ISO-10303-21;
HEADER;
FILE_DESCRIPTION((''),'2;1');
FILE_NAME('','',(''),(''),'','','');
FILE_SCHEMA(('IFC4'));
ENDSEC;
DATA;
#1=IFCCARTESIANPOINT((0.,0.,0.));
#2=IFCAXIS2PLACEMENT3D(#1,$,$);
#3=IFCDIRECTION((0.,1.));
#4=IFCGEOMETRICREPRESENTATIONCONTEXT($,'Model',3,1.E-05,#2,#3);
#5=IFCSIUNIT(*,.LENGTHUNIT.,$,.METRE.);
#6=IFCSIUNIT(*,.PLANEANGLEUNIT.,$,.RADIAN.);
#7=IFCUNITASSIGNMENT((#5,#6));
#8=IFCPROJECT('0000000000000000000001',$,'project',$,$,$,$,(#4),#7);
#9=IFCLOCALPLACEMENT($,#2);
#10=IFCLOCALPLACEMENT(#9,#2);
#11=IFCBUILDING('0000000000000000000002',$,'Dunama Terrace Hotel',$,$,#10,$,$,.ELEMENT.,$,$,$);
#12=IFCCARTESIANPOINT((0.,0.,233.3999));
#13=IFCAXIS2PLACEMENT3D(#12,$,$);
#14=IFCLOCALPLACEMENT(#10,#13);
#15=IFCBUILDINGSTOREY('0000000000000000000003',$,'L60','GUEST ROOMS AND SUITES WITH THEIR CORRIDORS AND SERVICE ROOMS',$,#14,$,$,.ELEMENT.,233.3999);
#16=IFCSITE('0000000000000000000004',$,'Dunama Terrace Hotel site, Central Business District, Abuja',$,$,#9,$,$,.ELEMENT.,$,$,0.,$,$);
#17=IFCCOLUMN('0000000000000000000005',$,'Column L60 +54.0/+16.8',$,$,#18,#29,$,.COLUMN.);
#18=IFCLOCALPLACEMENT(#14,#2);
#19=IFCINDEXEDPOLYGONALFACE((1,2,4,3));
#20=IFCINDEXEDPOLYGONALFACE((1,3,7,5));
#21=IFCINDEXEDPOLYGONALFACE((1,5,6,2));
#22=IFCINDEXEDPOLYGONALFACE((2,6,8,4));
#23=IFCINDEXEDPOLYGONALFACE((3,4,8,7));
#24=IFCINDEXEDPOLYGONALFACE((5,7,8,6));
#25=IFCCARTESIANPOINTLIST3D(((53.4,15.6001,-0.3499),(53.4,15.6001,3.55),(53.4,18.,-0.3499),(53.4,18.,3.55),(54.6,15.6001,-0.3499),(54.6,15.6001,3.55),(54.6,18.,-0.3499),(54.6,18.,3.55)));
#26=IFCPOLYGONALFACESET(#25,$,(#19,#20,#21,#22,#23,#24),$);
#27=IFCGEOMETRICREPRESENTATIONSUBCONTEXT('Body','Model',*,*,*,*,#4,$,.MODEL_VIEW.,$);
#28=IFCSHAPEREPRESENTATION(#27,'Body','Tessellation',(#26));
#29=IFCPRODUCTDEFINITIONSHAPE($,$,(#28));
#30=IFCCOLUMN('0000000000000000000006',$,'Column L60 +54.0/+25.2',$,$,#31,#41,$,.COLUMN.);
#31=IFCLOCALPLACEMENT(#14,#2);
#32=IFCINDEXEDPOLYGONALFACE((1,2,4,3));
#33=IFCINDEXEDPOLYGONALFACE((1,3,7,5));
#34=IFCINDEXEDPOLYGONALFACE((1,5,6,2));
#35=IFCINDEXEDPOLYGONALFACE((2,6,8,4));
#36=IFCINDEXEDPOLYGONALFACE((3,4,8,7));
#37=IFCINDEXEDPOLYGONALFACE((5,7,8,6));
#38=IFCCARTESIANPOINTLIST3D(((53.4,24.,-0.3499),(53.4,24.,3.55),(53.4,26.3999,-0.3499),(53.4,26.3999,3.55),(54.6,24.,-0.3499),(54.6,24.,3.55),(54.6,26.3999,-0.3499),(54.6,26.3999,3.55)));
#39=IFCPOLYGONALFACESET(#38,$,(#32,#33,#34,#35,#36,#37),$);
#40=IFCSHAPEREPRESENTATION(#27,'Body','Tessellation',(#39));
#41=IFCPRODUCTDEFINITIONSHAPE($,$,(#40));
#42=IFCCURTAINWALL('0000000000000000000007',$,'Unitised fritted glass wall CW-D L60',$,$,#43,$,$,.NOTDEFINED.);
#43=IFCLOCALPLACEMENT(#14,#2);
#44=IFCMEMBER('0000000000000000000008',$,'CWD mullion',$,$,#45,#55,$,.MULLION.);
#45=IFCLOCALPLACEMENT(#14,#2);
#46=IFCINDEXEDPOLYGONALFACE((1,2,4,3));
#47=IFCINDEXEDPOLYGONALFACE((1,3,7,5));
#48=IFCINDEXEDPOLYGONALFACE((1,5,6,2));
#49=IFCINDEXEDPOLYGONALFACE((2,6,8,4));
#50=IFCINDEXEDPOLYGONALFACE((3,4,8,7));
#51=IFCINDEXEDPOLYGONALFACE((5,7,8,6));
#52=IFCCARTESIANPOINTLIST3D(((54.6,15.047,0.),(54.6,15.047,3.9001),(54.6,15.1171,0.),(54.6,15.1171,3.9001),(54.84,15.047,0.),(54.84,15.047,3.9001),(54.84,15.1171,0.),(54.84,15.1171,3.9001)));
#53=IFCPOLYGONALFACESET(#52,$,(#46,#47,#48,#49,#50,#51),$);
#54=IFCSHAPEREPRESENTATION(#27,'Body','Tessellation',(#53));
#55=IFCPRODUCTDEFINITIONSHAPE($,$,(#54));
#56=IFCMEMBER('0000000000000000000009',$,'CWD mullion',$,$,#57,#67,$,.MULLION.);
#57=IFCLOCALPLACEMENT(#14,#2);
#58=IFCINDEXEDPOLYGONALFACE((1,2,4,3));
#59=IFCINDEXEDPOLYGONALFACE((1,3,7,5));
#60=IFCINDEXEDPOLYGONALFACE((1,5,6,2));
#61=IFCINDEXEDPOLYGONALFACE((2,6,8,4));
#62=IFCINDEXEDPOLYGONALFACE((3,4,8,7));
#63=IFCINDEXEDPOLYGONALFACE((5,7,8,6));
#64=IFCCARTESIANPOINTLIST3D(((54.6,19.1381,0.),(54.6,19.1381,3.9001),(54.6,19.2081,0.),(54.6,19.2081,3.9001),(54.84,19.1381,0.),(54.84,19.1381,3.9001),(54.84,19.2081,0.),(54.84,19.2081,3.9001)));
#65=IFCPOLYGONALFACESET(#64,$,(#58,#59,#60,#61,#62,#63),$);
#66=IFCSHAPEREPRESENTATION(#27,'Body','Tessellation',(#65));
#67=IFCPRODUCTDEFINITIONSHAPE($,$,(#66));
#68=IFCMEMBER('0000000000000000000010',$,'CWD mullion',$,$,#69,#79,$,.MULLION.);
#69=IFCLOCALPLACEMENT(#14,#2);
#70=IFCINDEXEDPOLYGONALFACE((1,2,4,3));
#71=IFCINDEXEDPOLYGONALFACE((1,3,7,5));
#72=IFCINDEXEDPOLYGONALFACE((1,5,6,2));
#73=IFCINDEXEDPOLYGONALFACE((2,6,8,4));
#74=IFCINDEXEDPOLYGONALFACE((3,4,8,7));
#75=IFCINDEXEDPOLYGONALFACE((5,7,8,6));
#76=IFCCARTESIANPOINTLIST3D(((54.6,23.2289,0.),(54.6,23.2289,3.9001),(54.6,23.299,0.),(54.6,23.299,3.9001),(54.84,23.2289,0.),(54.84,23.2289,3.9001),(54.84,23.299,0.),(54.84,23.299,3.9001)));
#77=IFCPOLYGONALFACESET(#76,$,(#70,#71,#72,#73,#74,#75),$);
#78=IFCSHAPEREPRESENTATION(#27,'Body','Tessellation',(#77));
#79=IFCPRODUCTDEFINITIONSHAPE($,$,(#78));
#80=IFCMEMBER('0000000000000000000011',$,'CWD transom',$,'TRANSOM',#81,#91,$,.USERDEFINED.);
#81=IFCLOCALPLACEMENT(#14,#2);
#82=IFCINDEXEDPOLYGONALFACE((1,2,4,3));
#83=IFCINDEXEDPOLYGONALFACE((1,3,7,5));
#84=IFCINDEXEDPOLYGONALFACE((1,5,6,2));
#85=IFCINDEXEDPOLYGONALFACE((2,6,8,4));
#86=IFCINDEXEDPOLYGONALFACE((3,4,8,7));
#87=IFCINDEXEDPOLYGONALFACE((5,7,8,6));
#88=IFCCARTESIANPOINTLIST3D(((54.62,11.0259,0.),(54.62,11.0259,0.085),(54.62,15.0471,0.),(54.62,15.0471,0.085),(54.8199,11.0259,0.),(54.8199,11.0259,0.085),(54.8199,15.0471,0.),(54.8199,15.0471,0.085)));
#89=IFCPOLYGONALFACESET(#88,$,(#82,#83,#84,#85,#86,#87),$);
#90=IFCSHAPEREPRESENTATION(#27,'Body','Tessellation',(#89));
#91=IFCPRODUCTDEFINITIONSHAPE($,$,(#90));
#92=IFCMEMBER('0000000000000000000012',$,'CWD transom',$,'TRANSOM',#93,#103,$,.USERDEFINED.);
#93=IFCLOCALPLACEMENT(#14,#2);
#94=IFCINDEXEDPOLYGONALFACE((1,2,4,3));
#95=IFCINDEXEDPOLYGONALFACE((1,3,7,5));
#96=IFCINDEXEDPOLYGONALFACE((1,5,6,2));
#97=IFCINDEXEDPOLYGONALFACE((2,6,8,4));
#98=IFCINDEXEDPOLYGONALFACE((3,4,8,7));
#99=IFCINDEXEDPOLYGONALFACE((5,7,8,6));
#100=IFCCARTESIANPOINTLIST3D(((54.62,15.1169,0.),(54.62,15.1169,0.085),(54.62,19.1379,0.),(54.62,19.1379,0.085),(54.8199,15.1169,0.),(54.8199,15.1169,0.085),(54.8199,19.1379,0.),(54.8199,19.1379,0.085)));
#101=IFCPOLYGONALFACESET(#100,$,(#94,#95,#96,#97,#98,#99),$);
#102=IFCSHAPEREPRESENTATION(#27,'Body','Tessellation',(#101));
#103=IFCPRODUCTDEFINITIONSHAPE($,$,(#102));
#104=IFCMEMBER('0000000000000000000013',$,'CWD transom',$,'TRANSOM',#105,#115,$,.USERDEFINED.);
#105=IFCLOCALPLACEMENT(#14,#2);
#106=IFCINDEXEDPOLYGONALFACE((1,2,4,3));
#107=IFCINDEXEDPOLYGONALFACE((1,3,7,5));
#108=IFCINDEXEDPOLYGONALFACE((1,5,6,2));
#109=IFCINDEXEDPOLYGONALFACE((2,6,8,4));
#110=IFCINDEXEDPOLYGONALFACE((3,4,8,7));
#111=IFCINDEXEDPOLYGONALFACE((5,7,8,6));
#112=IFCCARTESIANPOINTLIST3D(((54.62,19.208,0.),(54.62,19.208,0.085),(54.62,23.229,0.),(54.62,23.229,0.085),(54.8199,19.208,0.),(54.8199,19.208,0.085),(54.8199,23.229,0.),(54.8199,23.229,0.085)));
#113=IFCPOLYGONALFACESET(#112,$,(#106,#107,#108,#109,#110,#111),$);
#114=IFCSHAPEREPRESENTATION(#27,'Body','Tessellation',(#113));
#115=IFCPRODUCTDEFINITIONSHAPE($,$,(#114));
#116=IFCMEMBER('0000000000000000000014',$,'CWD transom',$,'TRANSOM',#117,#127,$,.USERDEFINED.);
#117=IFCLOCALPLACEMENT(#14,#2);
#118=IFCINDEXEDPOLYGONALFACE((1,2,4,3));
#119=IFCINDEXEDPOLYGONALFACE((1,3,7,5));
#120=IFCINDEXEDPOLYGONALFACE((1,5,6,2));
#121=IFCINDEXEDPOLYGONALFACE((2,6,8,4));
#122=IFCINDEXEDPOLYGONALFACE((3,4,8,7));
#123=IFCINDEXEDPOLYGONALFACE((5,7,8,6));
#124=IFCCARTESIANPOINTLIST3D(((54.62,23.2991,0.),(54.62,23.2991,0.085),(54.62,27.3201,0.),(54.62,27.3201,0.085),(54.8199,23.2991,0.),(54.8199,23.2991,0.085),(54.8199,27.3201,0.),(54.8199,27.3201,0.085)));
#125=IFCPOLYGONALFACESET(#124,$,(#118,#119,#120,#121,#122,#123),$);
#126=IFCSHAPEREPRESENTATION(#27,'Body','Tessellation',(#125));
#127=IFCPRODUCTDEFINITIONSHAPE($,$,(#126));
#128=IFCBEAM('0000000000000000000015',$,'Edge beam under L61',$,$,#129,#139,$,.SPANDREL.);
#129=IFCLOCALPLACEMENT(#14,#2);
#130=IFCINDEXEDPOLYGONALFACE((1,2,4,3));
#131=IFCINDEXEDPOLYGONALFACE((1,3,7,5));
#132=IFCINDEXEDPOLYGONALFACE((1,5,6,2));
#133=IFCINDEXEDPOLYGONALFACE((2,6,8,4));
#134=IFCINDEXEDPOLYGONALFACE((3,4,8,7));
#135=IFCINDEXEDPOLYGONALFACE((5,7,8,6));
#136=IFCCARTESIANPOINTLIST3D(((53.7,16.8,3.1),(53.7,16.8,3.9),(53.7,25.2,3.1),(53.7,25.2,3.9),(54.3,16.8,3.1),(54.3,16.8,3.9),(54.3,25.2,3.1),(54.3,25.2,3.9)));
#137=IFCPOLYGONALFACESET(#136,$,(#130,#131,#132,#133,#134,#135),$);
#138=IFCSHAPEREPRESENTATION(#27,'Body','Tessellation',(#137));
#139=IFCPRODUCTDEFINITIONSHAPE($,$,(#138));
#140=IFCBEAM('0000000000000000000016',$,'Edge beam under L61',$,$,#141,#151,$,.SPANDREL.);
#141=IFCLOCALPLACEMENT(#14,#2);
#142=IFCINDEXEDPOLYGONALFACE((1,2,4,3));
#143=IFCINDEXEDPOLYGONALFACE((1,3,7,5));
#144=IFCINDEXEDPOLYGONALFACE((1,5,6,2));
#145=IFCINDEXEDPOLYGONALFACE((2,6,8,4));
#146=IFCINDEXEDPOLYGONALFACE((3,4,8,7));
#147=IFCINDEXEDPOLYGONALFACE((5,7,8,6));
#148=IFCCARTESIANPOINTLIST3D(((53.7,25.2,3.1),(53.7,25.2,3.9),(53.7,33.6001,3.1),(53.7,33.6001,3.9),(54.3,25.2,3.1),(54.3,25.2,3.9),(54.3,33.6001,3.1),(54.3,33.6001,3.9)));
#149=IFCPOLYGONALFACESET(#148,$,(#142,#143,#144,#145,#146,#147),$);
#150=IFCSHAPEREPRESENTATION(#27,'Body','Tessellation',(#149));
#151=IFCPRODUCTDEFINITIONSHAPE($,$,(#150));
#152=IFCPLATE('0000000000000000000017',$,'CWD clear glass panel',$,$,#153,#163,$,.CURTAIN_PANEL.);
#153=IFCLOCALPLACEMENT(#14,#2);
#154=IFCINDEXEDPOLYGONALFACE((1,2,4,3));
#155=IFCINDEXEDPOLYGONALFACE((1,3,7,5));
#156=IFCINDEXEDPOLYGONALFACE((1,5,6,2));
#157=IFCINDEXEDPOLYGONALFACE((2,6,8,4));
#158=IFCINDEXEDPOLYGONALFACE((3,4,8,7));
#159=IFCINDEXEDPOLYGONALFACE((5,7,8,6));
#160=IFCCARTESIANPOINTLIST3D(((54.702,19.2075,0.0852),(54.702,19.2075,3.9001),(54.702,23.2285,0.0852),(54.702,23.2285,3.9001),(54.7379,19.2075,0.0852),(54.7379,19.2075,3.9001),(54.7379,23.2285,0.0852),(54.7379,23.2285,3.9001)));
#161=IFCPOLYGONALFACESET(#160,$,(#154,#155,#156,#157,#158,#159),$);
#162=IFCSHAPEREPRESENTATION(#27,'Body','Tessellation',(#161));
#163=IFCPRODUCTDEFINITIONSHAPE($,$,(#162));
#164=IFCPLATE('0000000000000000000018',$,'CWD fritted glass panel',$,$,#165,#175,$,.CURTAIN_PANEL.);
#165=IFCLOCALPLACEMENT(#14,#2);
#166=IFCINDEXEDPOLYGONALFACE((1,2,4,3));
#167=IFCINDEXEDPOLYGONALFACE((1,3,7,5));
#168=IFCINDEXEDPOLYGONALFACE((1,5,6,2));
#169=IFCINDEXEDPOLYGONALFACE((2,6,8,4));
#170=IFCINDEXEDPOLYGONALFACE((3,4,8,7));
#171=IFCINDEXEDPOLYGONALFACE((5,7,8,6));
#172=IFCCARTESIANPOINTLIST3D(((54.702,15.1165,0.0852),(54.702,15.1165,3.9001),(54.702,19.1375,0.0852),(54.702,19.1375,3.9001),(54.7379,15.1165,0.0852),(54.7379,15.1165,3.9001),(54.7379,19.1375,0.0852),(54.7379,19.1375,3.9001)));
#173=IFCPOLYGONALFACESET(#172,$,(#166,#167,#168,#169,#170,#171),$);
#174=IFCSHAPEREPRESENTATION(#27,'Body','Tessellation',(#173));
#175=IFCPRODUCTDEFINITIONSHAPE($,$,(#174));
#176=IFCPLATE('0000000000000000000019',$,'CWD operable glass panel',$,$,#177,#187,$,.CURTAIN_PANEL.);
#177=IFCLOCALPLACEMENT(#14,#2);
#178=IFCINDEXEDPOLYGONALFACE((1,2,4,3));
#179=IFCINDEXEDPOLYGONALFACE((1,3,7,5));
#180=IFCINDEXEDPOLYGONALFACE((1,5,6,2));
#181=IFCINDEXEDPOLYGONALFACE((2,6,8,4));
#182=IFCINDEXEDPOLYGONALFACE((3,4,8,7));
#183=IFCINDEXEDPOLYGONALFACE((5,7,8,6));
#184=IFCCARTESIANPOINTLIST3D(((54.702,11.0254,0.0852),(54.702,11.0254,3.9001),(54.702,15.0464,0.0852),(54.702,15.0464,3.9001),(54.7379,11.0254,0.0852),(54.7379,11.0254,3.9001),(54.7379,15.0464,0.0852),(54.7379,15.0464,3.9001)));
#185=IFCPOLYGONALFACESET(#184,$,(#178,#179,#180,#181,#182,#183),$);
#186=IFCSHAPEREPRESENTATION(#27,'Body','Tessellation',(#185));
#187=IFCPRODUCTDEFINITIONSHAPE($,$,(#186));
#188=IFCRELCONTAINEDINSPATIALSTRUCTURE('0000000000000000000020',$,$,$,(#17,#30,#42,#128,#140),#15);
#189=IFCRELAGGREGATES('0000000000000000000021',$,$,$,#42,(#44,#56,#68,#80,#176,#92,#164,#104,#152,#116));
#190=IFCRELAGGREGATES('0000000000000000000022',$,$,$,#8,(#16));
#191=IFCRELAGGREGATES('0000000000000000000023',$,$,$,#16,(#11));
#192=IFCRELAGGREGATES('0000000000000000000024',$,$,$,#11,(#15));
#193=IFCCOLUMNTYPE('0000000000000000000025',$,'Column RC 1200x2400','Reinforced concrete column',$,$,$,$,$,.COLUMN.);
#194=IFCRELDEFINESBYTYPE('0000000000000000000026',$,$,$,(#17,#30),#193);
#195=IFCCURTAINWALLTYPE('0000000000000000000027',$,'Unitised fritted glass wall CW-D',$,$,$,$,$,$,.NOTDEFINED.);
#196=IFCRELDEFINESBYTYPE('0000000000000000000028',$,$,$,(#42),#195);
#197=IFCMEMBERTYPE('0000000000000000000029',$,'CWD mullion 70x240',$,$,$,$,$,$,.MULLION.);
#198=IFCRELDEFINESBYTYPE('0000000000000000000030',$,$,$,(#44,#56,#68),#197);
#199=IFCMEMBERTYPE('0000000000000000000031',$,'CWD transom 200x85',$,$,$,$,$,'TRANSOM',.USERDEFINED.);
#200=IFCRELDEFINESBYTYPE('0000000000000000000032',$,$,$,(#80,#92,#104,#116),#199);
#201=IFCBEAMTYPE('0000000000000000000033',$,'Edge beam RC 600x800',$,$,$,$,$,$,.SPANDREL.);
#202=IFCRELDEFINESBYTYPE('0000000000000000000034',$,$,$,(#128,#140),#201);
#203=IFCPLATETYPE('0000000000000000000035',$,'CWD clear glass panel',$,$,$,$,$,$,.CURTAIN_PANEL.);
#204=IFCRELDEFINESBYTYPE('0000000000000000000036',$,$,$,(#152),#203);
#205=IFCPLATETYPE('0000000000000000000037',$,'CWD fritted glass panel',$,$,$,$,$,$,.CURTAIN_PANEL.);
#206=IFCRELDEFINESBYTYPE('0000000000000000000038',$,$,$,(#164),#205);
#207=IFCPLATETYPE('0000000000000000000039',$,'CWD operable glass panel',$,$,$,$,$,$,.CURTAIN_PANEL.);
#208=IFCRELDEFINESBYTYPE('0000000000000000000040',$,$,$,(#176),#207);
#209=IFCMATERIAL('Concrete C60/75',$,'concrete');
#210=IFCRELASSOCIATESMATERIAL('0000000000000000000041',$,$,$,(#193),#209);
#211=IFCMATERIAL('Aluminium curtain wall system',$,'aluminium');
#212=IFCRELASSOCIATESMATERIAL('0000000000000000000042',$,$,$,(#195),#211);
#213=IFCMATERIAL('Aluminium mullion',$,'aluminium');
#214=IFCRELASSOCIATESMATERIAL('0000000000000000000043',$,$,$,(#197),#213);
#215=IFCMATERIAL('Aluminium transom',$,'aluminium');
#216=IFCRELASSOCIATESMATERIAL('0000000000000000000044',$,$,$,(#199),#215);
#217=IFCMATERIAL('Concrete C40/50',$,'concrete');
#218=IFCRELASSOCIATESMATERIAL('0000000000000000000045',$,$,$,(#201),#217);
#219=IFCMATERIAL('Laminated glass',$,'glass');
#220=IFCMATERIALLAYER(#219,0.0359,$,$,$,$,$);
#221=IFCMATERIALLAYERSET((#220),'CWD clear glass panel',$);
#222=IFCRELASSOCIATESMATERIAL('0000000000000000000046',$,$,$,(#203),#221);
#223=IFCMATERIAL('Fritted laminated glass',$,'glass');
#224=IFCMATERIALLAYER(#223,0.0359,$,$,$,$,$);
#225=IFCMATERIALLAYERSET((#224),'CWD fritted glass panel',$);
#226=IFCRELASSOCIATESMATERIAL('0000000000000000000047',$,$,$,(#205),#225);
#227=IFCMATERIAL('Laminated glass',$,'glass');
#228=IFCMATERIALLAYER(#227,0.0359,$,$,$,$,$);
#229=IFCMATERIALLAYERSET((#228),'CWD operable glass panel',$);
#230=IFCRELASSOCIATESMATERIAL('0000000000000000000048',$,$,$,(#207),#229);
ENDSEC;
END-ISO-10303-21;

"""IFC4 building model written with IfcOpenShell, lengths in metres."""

from ifc_helpers import new_model, si_unit, direction, frame, origin, origin_2d, place, context, subcontext, project, spatial, rectangle, extrude, material, layer, layer_set, material_profile, profile_set, type_object, element, aggregate, save


model = new_model("IFC4")

# Units and contexts
model_context = context("Model", 3, precision=1e-05, world=origin(), true_north=direction((0.0, 1.0)))
body_context = subcontext(model_context, "Body", "Model", "MODEL_VIEW")
ifc_project = project(units=[si_unit("LENGTHUNIT", "METRE"), si_unit("PLANEANGLEUNIT", "RADIAN")], contexts=[model_context])

# Site, building, storey
site_placement = place(None, origin())
site = spatial("IfcSite", under=ifc_project, at=site_placement, Name="Dunama Terrace Hotel site, Central Business District, Abuja", CompositionType="ELEMENT", RefElevation=0.0)
building_placement = place(site_placement, origin())
building = spatial("IfcBuilding", under=site, at=building_placement, Name="Dunama Terrace Hotel", CompositionType="ELEMENT")
storey_placement = place(building_placement, frame((0.0, 0.0, 233.3999)))
storey = spatial("IfcBuildingStorey", under=building, at=storey_placement, Name="L60", Description="GUEST ROOMS AND SUITES WITH THEIR CORRIDORS AND SERVICE ROOMS", CompositionType="ELEMENT", Elevation=233.3999)

# Columns
ifc_material_1 = material(Name="Concrete C60/75", Category="concrete")
ifc_material_profile_1 = material_profile(ifc_material_1, rectangle(XDim=1.2, YDim=2.3999, at=origin_2d()), Name="RC 1200x2400")
ifc_profile_set_1 = profile_set([ifc_material_profile_1], Name="Concrete C60/75")
column_type = type_object("IfcColumnType", Name="Column RC 1200x2400", Description="Reinforced concrete column", PredefinedType="COLUMN", material=ifc_profile_set_1)
for number, where, z_axis, x_axis, name in (
    (1, (54.0, 16.8, -0.3499), (0.0, 0.0, 1.0), (1.0, 0.0, 0.0), "Column L60 +54.0/+16.8"),
    (2, (54.0, 25.2, -0.3499), (0.0, 0.0, 1.0), (1.0, 0.0, 0.0), "Column L60 +54.0/+25.2"),
):
    element("IfcColumn", number, at=place(storey_placement, frame(where, z_axis=z_axis, x_axis=x_axis)), inside=storey, type_object=column_type, Name=name, PredefinedType="COLUMN", context=body_context, shape_type="SweptSolid", body=[
        extrude(rectangle(XDim=1.2, YDim=2.3999, at=origin_2d()), origin(), (0.0, 0.0, 1.0), 3.8999),
    ])

# Curtain wall, members
ifc_material_2 = material(Name="Aluminium curtain wall system", Category="aluminium")
curtain_wall_type = type_object("IfcCurtainWallType", Name="Unitised fritted glass wall CW-D", PredefinedType="NOTDEFINED", material=ifc_material_2)
curtain_wall_placement = place(storey_placement, origin())
curtain_wall = element("IfcCurtainWall", 3, at=curtain_wall_placement, inside=storey, type_object=curtain_wall_type, Name="Unitised fritted glass wall CW-D L60", PredefinedType="NOTDEFINED")
ifc_material_3 = material(Name="Aluminium mullion", Category="aluminium")
ifc_material_profile_2 = material_profile(ifc_material_3, rectangle(XDim=0.0701, YDim=0.24, at=origin_2d()), Name="CWD MULLION 70X240")
ifc_profile_set_2 = profile_set([ifc_material_profile_2], Name="Aluminium mullion")
member_type_1 = type_object("IfcMemberType", Name="CWD mullion 70x240", PredefinedType="MULLION", material=ifc_profile_set_2)
member_1_placement = place(storey_placement, frame((54.72, 15.082, 0.0), z_axis=(0.0, 0.0, 1.0), x_axis=(0.0, 1.0, 0.0)))
member_1 = element("IfcMember", 4, at=member_1_placement, type_object=member_type_1, Name="CWD mullion", PredefinedType="MULLION", context=body_context, shape_type="SweptSolid", body=[
    extrude(rectangle(XDim=0.0701, YDim=0.24, at=origin_2d()), origin(), (0.0, 0.0, 1.0), 3.9001),
])
member_2_placement = place(storey_placement, frame((54.72, 19.1731, 0.0), z_axis=(0.0, 0.0, 1.0), x_axis=(0.0, 1.0, 0.0)))
member_2 = element("IfcMember", 5, at=member_2_placement, type_object=member_type_1, Name="CWD mullion", PredefinedType="MULLION", context=body_context, shape_type="SweptSolid", body=[
    extrude(rectangle(XDim=0.0701, YDim=0.24, at=origin_2d()), origin(), (0.0, 0.0, 1.0), 3.9001),
])
member_3_placement = place(storey_placement, frame((54.72, 23.2639, 0.0), z_axis=(0.0, 0.0, 1.0), x_axis=(0.0, 1.0, 0.0)))
member_3 = element("IfcMember", 6, at=member_3_placement, type_object=member_type_1, Name="CWD mullion", PredefinedType="MULLION", context=body_context, shape_type="SweptSolid", body=[
    extrude(rectangle(XDim=0.0701, YDim=0.24, at=origin_2d()), origin(), (0.0, 0.0, 1.0), 3.9001),
])
ifc_material_4 = material(Name="Aluminium transom", Category="aluminium")
ifc_material_profile_3 = material_profile(ifc_material_4, rectangle(XDim=0.2, YDim=0.085, at=origin_2d()), Name="CWD TRANSOM 200X85")
ifc_profile_set_3 = profile_set([ifc_material_profile_3], Name="Aluminium transom")
member_type_2 = type_object("IfcMemberType", Name="CWD transom 200x85", ElementType="TRANSOM", PredefinedType="USERDEFINED", material=ifc_profile_set_3)
member_4_placement = place(storey_placement, frame((54.72, 11.0259, 0.0425), z_axis=(0.0, 1.0, 0.0), x_axis=(-1.0, 0.0, 0.0)))
member_4 = element("IfcMember", 7, at=member_4_placement, type_object=member_type_2, Name="CWD transom", ObjectType="TRANSOM", PredefinedType="USERDEFINED", context=body_context, shape_type="SweptSolid", body=[
    extrude(rectangle(XDim=0.2, YDim=0.085, at=origin_2d()), origin(), (0.0, 0.0, 1.0), 4.0212),
])
member_5_placement = place(storey_placement, frame((54.72, 15.1169, 0.0425), z_axis=(0.0, 1.0, 0.0), x_axis=(-1.0, 0.0, 0.0)))
member_5 = element("IfcMember", 8, at=member_5_placement, type_object=member_type_2, Name="CWD transom", ObjectType="TRANSOM", PredefinedType="USERDEFINED", context=body_context, shape_type="SweptSolid", body=[
    extrude(rectangle(XDim=0.2, YDim=0.085, at=origin_2d()), origin(), (0.0, 0.0, 1.0), 4.021),
])
member_6_placement = place(storey_placement, frame((54.72, 19.208, 0.0425), z_axis=(0.0, 1.0, 0.0), x_axis=(-1.0, 0.0, 0.0)))
member_6 = element("IfcMember", 9, at=member_6_placement, type_object=member_type_2, Name="CWD transom", ObjectType="TRANSOM", PredefinedType="USERDEFINED", context=body_context, shape_type="SweptSolid", body=[
    extrude(rectangle(XDim=0.2, YDim=0.085, at=origin_2d()), origin(), (0.0, 0.0, 1.0), 4.021),
])
member_7_placement = place(storey_placement, frame((54.72, 23.2991, 0.0425), z_axis=(0.0, 1.0, 0.0), x_axis=(-1.0, 0.0, 0.0)))
member_7 = element("IfcMember", 10, at=member_7_placement, type_object=member_type_2, Name="CWD transom", ObjectType="TRANSOM", PredefinedType="USERDEFINED", context=body_context, shape_type="SweptSolid", body=[
    extrude(rectangle(XDim=0.2, YDim=0.085, at=origin_2d()), origin(), (0.0, 0.0, 1.0), 4.021),
])

# Beams
ifc_material_5 = material(Name="Concrete C40/50", Category="concrete")
ifc_material_profile_4 = material_profile(ifc_material_5, rectangle(XDim=0.6001, YDim=0.8, at=origin_2d()), Name="RC 600x800")
ifc_profile_set_4 = profile_set([ifc_material_profile_4], Name="Concrete C40/50")
beam_type = type_object("IfcBeamType", Name="Edge beam RC 600x800", PredefinedType="SPANDREL", material=ifc_profile_set_4)
beam_1_placement = place(storey_placement, frame((54.0, 16.8, 3.5), z_axis=(0.0, 1.0, 0.0), x_axis=(-1.0, 0.0, 0.0)))
element("IfcBeam", 11, at=beam_1_placement, inside=storey, type_object=beam_type, Name="Edge beam under L61", PredefinedType="SPANDREL", context=body_context, shape_type="SweptSolid", body=[
    extrude(rectangle(XDim=0.6001, YDim=0.8, at=origin_2d()), origin(), (0.0, 0.0, 1.0), 8.3999),
])
beam_2_placement = place(storey_placement, frame((54.0, 25.2, 3.5), z_axis=(0.0, 1.0, 0.0), x_axis=(-1.0, 0.0, 0.0)))
element("IfcBeam", 12, at=beam_2_placement, inside=storey, type_object=beam_type, Name="Edge beam under L61", PredefinedType="SPANDREL", context=body_context, shape_type="SweptSolid", body=[
    extrude(rectangle(XDim=0.6001, YDim=0.8, at=origin_2d()), origin(), (0.0, 0.0, 1.0), 8.4001),
])

# Plates
ifc_material_6 = material(Name="Laminated glass", Category="glass")
ifc_layer_1 = layer(ifc_material_6, 0.0359)
ifc_layer_set_1 = layer_set([ifc_layer_1], Name="CWD clear glass panel")
plate_type_1 = type_object("IfcPlateType", Name="CWD clear glass panel", PredefinedType="CURTAIN_PANEL", material=ifc_layer_set_1)
plate_1_placement = place(storey_placement, frame((54.72, 21.218, 0.0852), z_axis=(0.0, 0.0, 1.0), x_axis=(0.0, 1.0, 0.0)))
plate_1 = element("IfcPlate", 13, at=plate_1_placement, type_object=plate_type_1, Name="CWD clear glass panel", PredefinedType="CURTAIN_PANEL", context=body_context, shape_type="SweptSolid", body=[
    extrude(rectangle(XDim=4.021, YDim=0.0359, at=origin_2d()), origin(), (0.0, 0.0, 1.0), 3.8149),
])
ifc_material_7 = material(Name="Fritted laminated glass", Category="glass")
ifc_layer_2 = layer(ifc_material_7, 0.0359)
ifc_layer_set_2 = layer_set([ifc_layer_2], Name="CWD fritted glass panel")
plate_type_2 = type_object("IfcPlateType", Name="CWD fritted glass panel", PredefinedType="CURTAIN_PANEL", material=ifc_layer_set_2)
plate_2_placement = place(storey_placement, frame((54.72, 17.127, 0.0852), z_axis=(0.0, 0.0, 1.0), x_axis=(0.0, 1.0, 0.0)))
plate_2 = element("IfcPlate", 14, at=plate_2_placement, type_object=plate_type_2, Name="CWD fritted glass panel", PredefinedType="CURTAIN_PANEL", context=body_context, shape_type="SweptSolid", body=[
    extrude(rectangle(XDim=4.021, YDim=0.0359, at=origin_2d()), origin(), (0.0, 0.0, 1.0), 3.8149),
])
ifc_material_8 = material(Name="Laminated glass", Category="glass")
ifc_layer_3 = layer(ifc_material_8, 0.0359)
ifc_layer_set_3 = layer_set([ifc_layer_3], Name="CWD operable glass panel")
plate_type_3 = type_object("IfcPlateType", Name="CWD operable glass panel", PredefinedType="CURTAIN_PANEL", material=ifc_layer_set_3)
plate_3_placement = place(storey_placement, frame((54.72, 13.0359, 0.0852), z_axis=(0.0, 0.0, 1.0), x_axis=(0.0, 1.0, 0.0)))
plate_3 = element("IfcPlate", 15, at=plate_3_placement, type_object=plate_type_3, Name="CWD operable glass panel", PredefinedType="CURTAIN_PANEL", context=body_context, shape_type="SweptSolid", body=[
    extrude(rectangle(XDim=4.021, YDim=0.0359, at=origin_2d()), origin(), (0.0, 0.0, 1.0), 3.8149),
])
aggregate(curtain_wall, [member_1, member_2, member_3, member_4, plate_3, member_5, plate_2, member_6, plate_1, member_7])

save(model, "model.ifc")
